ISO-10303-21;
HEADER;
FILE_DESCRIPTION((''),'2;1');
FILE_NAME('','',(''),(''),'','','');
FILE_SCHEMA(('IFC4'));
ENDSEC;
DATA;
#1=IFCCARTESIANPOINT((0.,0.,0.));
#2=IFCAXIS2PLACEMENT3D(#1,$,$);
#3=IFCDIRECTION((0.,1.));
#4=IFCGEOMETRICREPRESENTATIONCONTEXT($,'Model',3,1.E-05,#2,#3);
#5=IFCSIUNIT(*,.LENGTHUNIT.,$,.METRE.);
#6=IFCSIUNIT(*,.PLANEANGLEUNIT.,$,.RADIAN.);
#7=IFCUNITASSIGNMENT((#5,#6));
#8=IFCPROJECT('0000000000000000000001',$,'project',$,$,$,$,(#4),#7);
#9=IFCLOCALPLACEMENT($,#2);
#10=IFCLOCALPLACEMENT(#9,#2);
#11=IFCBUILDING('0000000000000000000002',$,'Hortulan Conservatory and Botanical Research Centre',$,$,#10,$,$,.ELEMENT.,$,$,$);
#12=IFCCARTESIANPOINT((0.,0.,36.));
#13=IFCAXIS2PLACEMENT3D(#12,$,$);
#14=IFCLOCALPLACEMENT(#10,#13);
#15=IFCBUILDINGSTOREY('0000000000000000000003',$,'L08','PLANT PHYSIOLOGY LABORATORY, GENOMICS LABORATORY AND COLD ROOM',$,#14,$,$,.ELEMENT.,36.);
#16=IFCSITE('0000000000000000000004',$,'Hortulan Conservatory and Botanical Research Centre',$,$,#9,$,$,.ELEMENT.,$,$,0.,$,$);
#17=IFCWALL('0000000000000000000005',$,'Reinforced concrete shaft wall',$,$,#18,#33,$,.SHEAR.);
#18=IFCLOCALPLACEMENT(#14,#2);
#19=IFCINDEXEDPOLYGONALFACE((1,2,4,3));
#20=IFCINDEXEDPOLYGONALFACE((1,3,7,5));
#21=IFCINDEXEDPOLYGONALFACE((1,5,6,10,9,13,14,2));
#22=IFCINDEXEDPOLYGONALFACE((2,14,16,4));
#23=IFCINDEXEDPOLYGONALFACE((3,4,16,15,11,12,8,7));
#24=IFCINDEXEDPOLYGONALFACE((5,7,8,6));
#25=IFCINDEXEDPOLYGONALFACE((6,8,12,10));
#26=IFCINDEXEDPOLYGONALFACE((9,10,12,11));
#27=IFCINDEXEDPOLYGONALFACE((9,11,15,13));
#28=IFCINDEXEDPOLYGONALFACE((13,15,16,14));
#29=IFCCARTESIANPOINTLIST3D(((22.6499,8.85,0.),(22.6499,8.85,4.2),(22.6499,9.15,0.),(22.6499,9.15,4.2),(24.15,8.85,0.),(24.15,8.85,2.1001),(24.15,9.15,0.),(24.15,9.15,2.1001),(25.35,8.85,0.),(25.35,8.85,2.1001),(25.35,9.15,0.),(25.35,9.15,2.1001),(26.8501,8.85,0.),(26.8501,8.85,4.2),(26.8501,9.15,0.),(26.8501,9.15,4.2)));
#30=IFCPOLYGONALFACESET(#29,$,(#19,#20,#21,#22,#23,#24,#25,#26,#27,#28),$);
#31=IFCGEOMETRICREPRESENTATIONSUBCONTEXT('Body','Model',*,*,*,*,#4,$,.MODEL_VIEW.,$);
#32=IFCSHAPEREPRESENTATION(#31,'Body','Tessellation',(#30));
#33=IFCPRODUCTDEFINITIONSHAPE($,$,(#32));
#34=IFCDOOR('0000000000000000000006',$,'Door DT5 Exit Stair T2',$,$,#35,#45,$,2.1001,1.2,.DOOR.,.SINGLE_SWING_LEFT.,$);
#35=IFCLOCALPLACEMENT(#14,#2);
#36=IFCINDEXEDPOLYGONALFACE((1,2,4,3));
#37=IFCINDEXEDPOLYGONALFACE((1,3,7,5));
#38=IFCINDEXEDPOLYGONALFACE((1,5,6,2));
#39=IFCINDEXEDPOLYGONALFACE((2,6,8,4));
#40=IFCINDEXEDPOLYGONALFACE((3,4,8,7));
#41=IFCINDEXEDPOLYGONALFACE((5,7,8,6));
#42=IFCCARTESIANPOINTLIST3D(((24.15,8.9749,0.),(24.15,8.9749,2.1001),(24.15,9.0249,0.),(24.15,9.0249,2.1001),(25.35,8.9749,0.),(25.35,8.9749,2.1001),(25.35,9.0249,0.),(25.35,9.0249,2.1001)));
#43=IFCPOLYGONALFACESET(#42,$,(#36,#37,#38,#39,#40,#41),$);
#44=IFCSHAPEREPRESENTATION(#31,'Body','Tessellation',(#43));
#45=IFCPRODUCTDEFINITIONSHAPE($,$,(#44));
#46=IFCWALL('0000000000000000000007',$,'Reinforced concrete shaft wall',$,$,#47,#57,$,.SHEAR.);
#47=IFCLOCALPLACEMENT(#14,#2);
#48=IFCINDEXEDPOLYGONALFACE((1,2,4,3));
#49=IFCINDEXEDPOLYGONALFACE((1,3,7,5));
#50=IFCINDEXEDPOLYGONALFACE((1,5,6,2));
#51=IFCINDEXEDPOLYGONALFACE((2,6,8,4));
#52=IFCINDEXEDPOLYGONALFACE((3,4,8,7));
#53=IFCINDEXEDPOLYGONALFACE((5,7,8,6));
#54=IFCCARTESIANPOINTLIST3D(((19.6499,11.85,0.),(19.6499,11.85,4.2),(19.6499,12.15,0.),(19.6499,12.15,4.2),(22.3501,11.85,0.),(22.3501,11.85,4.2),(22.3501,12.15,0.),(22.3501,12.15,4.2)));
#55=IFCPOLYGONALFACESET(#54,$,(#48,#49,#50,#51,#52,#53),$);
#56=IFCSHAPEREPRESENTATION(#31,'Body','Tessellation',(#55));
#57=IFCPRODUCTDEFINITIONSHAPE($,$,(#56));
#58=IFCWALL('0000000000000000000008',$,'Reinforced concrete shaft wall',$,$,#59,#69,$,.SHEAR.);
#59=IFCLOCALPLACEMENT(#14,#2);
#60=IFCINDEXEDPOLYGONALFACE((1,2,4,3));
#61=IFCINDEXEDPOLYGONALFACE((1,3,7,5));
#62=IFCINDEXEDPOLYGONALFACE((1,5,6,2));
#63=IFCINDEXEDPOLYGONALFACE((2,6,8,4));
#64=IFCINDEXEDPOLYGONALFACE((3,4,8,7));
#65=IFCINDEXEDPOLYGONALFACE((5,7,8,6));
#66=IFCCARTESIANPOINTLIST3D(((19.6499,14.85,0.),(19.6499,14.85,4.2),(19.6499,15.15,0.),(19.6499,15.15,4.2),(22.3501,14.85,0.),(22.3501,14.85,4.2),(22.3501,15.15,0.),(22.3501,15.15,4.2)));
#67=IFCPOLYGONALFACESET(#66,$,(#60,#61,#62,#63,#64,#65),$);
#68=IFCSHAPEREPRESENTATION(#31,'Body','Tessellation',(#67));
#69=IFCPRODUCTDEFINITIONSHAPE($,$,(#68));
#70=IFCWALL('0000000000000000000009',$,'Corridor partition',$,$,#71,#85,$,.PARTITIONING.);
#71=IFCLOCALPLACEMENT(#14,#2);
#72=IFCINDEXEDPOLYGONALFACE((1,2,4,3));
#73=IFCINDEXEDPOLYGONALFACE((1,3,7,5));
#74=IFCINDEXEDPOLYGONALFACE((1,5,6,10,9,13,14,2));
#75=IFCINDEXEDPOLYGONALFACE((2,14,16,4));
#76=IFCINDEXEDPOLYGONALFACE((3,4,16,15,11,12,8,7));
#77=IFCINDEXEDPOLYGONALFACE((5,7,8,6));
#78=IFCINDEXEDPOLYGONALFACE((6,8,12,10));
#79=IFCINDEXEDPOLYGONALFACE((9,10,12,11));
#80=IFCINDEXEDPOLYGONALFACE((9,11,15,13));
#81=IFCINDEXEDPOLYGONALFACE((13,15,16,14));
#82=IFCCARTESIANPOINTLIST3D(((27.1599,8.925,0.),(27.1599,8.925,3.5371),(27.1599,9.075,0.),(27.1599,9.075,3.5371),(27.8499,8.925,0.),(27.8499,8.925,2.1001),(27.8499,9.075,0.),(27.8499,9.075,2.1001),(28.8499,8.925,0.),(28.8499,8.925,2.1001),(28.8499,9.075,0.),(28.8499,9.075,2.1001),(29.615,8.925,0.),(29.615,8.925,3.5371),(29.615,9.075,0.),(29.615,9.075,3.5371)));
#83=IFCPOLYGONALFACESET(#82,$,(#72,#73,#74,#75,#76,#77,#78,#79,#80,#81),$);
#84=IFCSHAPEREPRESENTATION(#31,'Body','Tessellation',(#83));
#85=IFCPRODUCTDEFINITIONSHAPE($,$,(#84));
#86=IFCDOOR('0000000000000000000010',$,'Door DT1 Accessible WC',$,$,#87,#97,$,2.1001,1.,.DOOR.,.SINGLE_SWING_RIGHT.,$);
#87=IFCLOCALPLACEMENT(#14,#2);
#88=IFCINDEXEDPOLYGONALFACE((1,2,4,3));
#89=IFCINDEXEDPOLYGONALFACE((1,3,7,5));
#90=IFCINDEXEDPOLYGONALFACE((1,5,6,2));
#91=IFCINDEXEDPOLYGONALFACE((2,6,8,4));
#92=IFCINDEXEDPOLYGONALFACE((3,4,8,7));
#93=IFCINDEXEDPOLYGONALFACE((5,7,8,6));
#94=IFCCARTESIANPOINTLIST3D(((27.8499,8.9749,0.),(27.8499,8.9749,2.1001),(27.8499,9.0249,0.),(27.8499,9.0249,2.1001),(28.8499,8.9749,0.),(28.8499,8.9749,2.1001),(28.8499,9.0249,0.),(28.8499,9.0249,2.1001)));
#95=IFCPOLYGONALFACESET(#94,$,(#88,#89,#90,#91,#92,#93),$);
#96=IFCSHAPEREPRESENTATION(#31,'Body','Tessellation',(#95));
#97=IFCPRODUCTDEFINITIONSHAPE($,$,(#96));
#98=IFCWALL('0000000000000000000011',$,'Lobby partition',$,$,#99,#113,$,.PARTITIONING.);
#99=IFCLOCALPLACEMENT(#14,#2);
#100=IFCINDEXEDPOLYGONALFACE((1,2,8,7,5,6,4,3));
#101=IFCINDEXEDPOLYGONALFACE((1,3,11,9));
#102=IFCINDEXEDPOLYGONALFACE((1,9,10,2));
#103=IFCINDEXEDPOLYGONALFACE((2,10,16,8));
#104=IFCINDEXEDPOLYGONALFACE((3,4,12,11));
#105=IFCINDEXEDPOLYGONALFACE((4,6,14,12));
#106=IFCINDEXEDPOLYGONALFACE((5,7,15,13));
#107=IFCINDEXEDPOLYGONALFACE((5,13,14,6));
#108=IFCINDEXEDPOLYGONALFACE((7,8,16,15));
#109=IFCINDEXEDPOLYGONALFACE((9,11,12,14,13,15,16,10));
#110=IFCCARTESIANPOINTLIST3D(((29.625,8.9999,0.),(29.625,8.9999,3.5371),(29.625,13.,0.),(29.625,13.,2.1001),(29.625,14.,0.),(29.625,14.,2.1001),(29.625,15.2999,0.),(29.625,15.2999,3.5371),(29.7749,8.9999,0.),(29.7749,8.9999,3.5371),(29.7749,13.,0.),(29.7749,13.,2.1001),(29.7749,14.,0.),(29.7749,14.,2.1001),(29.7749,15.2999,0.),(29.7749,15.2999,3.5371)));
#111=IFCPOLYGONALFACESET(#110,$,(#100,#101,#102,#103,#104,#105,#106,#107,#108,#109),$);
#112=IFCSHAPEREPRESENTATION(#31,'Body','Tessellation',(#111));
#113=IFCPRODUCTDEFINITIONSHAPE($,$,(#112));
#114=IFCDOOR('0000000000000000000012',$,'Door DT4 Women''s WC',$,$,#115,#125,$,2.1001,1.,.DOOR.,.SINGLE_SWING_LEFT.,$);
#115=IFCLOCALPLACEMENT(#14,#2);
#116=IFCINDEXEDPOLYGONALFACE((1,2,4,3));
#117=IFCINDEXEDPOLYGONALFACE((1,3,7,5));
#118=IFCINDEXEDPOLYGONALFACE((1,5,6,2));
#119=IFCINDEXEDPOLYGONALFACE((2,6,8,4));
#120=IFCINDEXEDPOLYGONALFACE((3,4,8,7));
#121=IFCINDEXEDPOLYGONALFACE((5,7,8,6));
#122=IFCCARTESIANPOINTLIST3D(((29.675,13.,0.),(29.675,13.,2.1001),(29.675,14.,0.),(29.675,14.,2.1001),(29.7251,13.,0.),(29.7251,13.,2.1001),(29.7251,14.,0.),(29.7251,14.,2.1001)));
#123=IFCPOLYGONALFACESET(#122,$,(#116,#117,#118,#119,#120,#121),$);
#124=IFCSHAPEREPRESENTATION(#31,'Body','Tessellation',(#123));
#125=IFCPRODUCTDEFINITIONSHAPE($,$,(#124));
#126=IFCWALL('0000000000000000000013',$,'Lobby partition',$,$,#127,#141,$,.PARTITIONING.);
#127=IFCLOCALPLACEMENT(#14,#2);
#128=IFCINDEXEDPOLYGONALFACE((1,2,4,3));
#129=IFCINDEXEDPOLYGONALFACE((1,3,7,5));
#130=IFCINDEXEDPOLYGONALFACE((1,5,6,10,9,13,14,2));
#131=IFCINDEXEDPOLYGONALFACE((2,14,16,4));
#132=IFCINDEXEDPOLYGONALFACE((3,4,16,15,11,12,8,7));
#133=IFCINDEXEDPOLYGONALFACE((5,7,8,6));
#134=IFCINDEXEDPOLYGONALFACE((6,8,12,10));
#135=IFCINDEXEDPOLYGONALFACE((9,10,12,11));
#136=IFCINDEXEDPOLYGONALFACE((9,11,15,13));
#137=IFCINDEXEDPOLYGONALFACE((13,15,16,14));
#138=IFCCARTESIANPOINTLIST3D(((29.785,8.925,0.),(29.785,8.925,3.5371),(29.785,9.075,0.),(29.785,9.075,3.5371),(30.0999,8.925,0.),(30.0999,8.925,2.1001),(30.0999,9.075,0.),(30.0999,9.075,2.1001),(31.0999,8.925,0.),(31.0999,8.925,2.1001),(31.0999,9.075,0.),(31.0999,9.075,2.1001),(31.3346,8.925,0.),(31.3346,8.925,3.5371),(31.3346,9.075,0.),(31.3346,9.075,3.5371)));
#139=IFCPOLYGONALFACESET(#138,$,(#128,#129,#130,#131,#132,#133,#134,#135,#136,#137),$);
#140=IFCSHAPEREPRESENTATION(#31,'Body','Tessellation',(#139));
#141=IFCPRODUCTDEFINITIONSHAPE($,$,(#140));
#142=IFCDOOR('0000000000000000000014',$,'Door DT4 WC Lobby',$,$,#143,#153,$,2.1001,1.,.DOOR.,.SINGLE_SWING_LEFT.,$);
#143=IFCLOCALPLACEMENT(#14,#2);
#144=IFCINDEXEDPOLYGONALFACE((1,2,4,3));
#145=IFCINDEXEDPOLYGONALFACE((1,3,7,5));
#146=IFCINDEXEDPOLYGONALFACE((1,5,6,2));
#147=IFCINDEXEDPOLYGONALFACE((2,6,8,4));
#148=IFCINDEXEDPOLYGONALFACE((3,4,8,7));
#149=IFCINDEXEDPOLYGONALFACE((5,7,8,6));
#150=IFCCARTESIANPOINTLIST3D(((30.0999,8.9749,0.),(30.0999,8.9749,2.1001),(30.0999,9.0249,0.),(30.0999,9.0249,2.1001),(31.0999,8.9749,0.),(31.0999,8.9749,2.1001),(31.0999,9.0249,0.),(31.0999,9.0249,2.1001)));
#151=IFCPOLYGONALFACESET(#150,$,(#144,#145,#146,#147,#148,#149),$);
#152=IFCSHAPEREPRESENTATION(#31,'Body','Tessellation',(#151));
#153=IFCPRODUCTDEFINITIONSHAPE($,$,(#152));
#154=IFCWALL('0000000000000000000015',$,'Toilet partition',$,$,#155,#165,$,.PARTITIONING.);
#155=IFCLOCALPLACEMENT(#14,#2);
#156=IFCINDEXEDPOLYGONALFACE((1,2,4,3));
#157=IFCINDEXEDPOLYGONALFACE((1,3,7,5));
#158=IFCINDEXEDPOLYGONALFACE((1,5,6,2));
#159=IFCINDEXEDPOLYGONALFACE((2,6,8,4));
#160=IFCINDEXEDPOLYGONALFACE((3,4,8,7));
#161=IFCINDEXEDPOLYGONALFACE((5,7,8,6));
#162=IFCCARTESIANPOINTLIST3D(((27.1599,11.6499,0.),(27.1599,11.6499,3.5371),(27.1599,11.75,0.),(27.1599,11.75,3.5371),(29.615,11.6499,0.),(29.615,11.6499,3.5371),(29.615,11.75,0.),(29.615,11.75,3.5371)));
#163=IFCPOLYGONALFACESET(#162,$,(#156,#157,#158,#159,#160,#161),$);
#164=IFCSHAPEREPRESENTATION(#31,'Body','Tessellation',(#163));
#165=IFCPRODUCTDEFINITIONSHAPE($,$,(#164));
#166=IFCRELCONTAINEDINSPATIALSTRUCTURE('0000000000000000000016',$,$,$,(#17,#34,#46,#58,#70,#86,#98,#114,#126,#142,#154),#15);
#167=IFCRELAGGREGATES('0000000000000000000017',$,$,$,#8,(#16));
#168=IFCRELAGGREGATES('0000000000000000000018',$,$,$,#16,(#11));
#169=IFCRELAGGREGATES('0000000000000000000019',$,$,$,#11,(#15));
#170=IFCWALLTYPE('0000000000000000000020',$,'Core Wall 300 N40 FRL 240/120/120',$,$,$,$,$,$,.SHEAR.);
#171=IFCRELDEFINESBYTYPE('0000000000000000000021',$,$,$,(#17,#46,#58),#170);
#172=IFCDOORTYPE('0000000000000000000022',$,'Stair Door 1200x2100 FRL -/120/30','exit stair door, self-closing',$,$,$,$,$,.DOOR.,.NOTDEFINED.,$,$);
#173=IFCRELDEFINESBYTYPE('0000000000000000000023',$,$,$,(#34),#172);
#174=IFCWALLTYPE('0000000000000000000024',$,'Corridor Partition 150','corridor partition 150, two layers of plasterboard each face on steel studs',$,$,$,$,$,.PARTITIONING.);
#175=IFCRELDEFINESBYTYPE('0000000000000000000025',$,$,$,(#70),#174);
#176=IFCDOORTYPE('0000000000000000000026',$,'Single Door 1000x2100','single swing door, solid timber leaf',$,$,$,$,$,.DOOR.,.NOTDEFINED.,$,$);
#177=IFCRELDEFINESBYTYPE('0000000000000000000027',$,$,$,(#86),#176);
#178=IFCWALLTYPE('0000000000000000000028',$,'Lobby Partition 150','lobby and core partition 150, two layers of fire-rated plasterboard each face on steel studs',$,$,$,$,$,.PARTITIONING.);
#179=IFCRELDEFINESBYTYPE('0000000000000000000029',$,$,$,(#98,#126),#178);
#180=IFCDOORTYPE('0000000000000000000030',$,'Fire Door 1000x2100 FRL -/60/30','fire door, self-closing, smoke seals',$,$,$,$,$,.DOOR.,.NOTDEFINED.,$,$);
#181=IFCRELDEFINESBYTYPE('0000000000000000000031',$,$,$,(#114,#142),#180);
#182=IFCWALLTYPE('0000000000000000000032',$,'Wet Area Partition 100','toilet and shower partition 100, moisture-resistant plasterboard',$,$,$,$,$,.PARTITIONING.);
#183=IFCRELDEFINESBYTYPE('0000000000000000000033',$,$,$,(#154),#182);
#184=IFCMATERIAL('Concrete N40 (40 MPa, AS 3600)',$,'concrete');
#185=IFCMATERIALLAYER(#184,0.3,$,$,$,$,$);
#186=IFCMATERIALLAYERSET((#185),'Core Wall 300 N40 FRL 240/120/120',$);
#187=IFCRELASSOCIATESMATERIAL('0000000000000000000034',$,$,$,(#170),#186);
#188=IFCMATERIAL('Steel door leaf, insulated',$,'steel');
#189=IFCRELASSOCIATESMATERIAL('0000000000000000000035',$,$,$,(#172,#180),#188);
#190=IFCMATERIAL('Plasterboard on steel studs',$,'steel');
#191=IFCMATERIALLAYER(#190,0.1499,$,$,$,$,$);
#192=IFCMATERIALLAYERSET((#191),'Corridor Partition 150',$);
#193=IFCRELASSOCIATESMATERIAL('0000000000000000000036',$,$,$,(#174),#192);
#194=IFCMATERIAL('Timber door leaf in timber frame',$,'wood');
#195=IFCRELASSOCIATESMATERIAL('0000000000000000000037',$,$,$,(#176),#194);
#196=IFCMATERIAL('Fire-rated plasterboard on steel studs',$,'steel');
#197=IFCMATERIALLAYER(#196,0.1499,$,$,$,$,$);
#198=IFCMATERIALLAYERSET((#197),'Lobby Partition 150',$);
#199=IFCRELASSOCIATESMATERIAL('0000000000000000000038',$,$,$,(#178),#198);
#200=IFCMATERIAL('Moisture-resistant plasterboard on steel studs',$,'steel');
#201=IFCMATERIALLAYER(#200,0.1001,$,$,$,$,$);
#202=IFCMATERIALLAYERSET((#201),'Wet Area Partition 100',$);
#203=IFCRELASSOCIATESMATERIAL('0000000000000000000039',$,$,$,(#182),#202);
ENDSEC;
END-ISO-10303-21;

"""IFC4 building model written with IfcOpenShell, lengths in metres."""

from ifc_helpers import new_model, si_unit, direction, frame, frame_2d, origin, place, context, subcontext, project, spatial, rectangle, extrude, material, layer, layer_set, type_object, element, fill, save


model = new_model("IFC4")

# Units and contexts
model_context = context("Model", 3, precision=1e-05, world=origin(), true_north=direction((0.0, 1.0)))
body_context = subcontext(model_context, "Body", "Model", "MODEL_VIEW")
ifc_project = project(units=[si_unit("LENGTHUNIT", "METRE"), si_unit("PLANEANGLEUNIT", "RADIAN")], contexts=[model_context])

# Site, building, storey
site_placement = place(None, origin())
site = spatial("IfcSite", under=ifc_project, at=site_placement, Name="Hortulan Conservatory and Botanical Research Centre", CompositionType="ELEMENT", RefElevation=0.0)
building_placement = place(site_placement, origin())
building = spatial("IfcBuilding", under=site, at=building_placement, Name="Hortulan Conservatory and Botanical Research Centre", CompositionType="ELEMENT")
storey_placement = place(building_placement, frame((0.0, 0.0, 36.0)))
storey = spatial("IfcBuildingStorey", under=building, at=storey_placement, Name="L08", Description="PLANT PHYSIOLOGY LABORATORY, GENOMICS LABORATORY AND COLD ROOM", CompositionType="ELEMENT", Elevation=36.0)

# Shared definitions
ifc_material_1 = material(Name="Concrete N40 (40 MPa, AS 3600)", Category="concrete")
ifc_layer_1 = layer(ifc_material_1, 0.3)
ifc_layer_set_1 = layer_set([ifc_layer_1], Name="Core Wall 300 N40 FRL 240/120/120")
wall_type_1 = type_object("IfcWallType", Name="Core Wall 300 N40 FRL 240/120/120", PredefinedType="SHEAR", material=ifc_layer_set_1)

# Wall, opening, door
wall_1_placement = place(storey_placement, frame((22.6499, 9.0, 0.0), z_axis=(0.0, 0.0, 1.0), x_axis=(1.0, 0.0, 0.0)))
wall_1 = element("IfcWall", 1, at=wall_1_placement, inside=storey, type_object=wall_type_1, Name="Reinforced concrete shaft wall", PredefinedType="SHEAR", context=body_context, shape_type="SweptSolid", body=[
    extrude(rectangle(XDim=4.2002, YDim=0.3, at=frame_2d((2.1001, 0.0))), origin(), (0.0, 0.0, 1.0), 4.2),
])
opening_1_placement = place(wall_1_placement, frame((1.5, 0.0, 0.0)))
opening_1 = element("IfcOpeningElement", 2, at=opening_1_placement, cuts=wall_1, PredefinedType="OPENING", context=body_context, shape_type="SweptSolid", body=[
    extrude(rectangle(XDim=1.2, YDim=2.1001, at=frame_2d((0.6001, 1.05))), frame((0.0, 0.1599, 0.0), z_axis=(0.0, -1.0, 0.0), x_axis=(1.0, 0.0, 0.0)), (0.0, 0.0, 1.0), 0.3201),
])
ifc_material_2 = material(Name="Steel door leaf, insulated", Category="steel")
door_type_1 = type_object("IfcDoorType", Name="Stair Door 1200x2100 FRL -/120/30", Description="exit stair door, self-closing", OperationType="NOTDEFINED", PredefinedType="DOOR", material=ifc_material_2)
door_1_placement = place(opening_1_placement, origin())
door_1 = element("IfcDoor", 3, at=door_1_placement, inside=storey, type_object=door_type_1, Name="Door DT5 Exit Stair T2", OperationType="SINGLE_SWING_LEFT", OverallHeight=2.1001, OverallWidth=1.2, PredefinedType="DOOR", context=body_context, shape_type="SweptSolid", body=[
    extrude(rectangle(XDim=1.2, YDim=2.1001, at=frame_2d((0.6001, 1.05))), frame((0.0, 0.0249, 0.0), z_axis=(0.0, -1.0, 0.0), x_axis=(1.0, 0.0, 0.0)), (0.0, 0.0, 1.0), 0.05),
])
fill(opening_1, door_1)

# Walls
for number, where, z_axis, x_axis, name in (
    (4, (19.6499, 12.0, 0.0), (0.0, 0.0, 1.0), (1.0, 0.0, 0.0), "Reinforced concrete shaft wall"),
    (5, (19.6499, 15.0, 0.0), (0.0, 0.0, 1.0), (1.0, 0.0, 0.0), "Reinforced concrete shaft wall"),
):
    element("IfcWall", number, at=place(storey_placement, frame(where, z_axis=z_axis, x_axis=x_axis)), inside=storey, type_object=wall_type_1, Name=name, PredefinedType="SHEAR", context=body_context, shape_type="SweptSolid", body=[
        extrude(rectangle(XDim=2.7002, YDim=0.3, at=frame_2d((1.3501, 0.0))), origin(), (0.0, 0.0, 1.0), 4.2),
    ])

# Walls, openings, doors
ifc_material_3 = material(Name="Plasterboard on steel studs", Category="steel")
ifc_layer_2 = layer(ifc_material_3, 0.1499)
ifc_layer_set_2 = layer_set([ifc_layer_2], Name="Corridor Partition 150")
wall_type_2 = type_object("IfcWallType", Name="Corridor Partition 150", Description="corridor partition 150, two layers of plasterboard each face on steel studs", PredefinedType="PARTITIONING", material=ifc_layer_set_2)
wall_2_placement = place(storey_placement, frame((27.1599, 9.0, 0.0), z_axis=(0.0, 0.0, 1.0), x_axis=(1.0, 0.0, 0.0)))
wall_2 = element("IfcWall", 6, at=wall_2_placement, inside=storey, type_object=wall_type_2, Name="Corridor partition", PredefinedType="PARTITIONING", context=body_context, shape_type="SweptSolid", body=[
    extrude(rectangle(XDim=2.4551, YDim=0.1499, at=frame_2d((1.2275, 0.0))), origin(), (0.0, 0.0, 1.0), 3.5371),
])
opening_2_placement = place(wall_2_placement, frame((0.6899, 0.0, 0.0)))
opening_2 = element("IfcOpeningElement", 7, at=opening_2_placement, cuts=wall_2, PredefinedType="OPENING", context=body_context, shape_type="SweptSolid", body=[
    extrude(rectangle(XDim=1.0, YDim=2.1001, at=frame_2d((0.5, 1.05))), frame((0.0, 0.085, 0.0), z_axis=(0.0, -1.0, 0.0), x_axis=(1.0, 0.0, 0.0)), (0.0, 0.0, 1.0), 0.1699),
])
ifc_material_4 = material(Name="Timber door leaf in timber frame", Category="wood")
door_type_2 = type_object("IfcDoorType", Name="Single Door 1000x2100", Description="single swing door, solid timber leaf", OperationType="NOTDEFINED", PredefinedType="DOOR", material=ifc_material_4)
door_2_placement = place(opening_2_placement, origin())
door_2 = element("IfcDoor", 8, at=door_2_placement, inside=storey, type_object=door_type_2, Name="Door DT1 Accessible WC", OperationType="SINGLE_SWING_RIGHT", OverallHeight=2.1001, OverallWidth=1.0, PredefinedType="DOOR", context=body_context, shape_type="SweptSolid", body=[
    extrude(rectangle(XDim=1.0, YDim=2.1001, at=frame_2d((0.5, 1.05))), frame((0.0, 0.0249, 0.0), z_axis=(0.0, -1.0, 0.0), x_axis=(1.0, 0.0, 0.0)), (0.0, 0.0, 1.0), 0.05),
])
fill(opening_2, door_2)
ifc_material_5 = material(Name="Fire-rated plasterboard on steel studs", Category="steel")
ifc_layer_3 = layer(ifc_material_5, 0.1499)
ifc_layer_set_3 = layer_set([ifc_layer_3], Name="Lobby Partition 150")
wall_type_3 = type_object("IfcWallType", Name="Lobby Partition 150", Description="lobby and core partition 150, two layers of fire-rated plasterboard each face on steel studs", PredefinedType="PARTITIONING", material=ifc_layer_set_3)
wall_3_placement = place(storey_placement, frame((29.7, 9.0, 0.0), z_axis=(0.0, 0.0, 1.0), x_axis=(0.0, 1.0, 0.0)))
wall_3 = element("IfcWall", 9, at=wall_3_placement, inside=storey, type_object=wall_type_3, Name="Lobby partition", PredefinedType="PARTITIONING", context=body_context, shape_type="SweptSolid", body=[
    extrude(rectangle(XDim=6.3, YDim=0.1499, at=frame_2d((3.1499, 0.0))), origin(), (0.0, 0.0, 1.0), 3.5371),
])
opening_3_placement = place(wall_3_placement, frame((4.0, 0.0, 0.0)))
opening_3 = element("IfcOpeningElement", 10, at=opening_3_placement, cuts=wall_3, PredefinedType="OPENING", context=body_context, shape_type="SweptSolid", body=[
    extrude(rectangle(XDim=1.0, YDim=2.1001, at=frame_2d((0.5, 1.05))), frame((0.0, 0.085, 0.0), z_axis=(0.0, -1.0, 0.0), x_axis=(1.0, 0.0, 0.0)), (0.0, 0.0, 1.0), 0.1699),
])
door_type_3 = type_object("IfcDoorType", Name="Fire Door 1000x2100 FRL -/60/30", Description="fire door, self-closing, smoke seals", OperationType="NOTDEFINED", PredefinedType="DOOR", material=ifc_material_2)
door_3_placement = place(opening_3_placement, origin())
door_3 = element("IfcDoor", 11, at=door_3_placement, inside=storey, type_object=door_type_3, Name="Door DT4 Women's WC", OperationType="SINGLE_SWING_LEFT", OverallHeight=2.1001, OverallWidth=1.0, PredefinedType="DOOR", context=body_context, shape_type="SweptSolid", body=[
    extrude(rectangle(XDim=1.0, YDim=2.1001, at=frame_2d((0.5, 1.05))), frame((0.0, 0.0249, 0.0), z_axis=(0.0, -1.0, 0.0), x_axis=(1.0, 0.0, 0.0)), (0.0, 0.0, 1.0), 0.05),
])
fill(opening_3, door_3)
wall_4_placement = place(storey_placement, frame((29.7849, 9.0, 0.0), z_axis=(0.0, 0.0, 1.0), x_axis=(1.0, 0.0, 0.0)))
wall_4 = element("IfcWall", 12, at=wall_4_placement, inside=storey, type_object=wall_type_3, Name="Lobby partition", PredefinedType="PARTITIONING", context=body_context, shape_type="SweptSolid", body=[
    extrude(rectangle(XDim=1.5496, YDim=0.1499, at=frame_2d((0.7749, 0.0))), origin(), (0.0, 0.0, 1.0), 3.5371),
])
opening_4_placement = place(wall_4_placement, frame((0.3149, 0.0, 0.0)))
opening_4 = element("IfcOpeningElement", 13, at=opening_4_placement, cuts=wall_4, PredefinedType="OPENING", context=body_context, shape_type="SweptSolid", body=[
    extrude(rectangle(XDim=1.0, YDim=2.1001, at=frame_2d((0.5, 1.05))), frame((0.0, 0.085, 0.0), z_axis=(0.0, -1.0, 0.0), x_axis=(1.0, 0.0, 0.0)), (0.0, 0.0, 1.0), 0.1699),
])
door_4_placement = place(opening_4_placement, origin())
door_4 = element("IfcDoor", 14, at=door_4_placement, inside=storey, type_object=door_type_3, Name="Door DT4 WC Lobby", OperationType="SINGLE_SWING_LEFT", OverallHeight=2.1001, OverallWidth=1.0, PredefinedType="DOOR", context=body_context, shape_type="SweptSolid", body=[
    extrude(rectangle(XDim=1.0, YDim=2.1001, at=frame_2d((0.5, 1.05))), frame((0.0, 0.0249, 0.0), z_axis=(0.0, -1.0, 0.0), x_axis=(1.0, 0.0, 0.0)), (0.0, 0.0, 1.0), 0.05),
])
fill(opening_4, door_4)

# Wall
ifc_material_6 = material(Name="Moisture-resistant plasterboard on steel studs", Category="steel")
ifc_layer_4 = layer(ifc_material_6, 0.1001)
ifc_layer_set_4 = layer_set([ifc_layer_4], Name="Wet Area Partition 100")
wall_type_4 = type_object("IfcWallType", Name="Wet Area Partition 100", Description="toilet and shower partition 100, moisture-resistant plasterboard", PredefinedType="PARTITIONING", material=ifc_layer_set_4)
for number, where, z_axis, x_axis, name in (
    (15, (27.1599, 11.7, 0.0), (0.0, 0.0, 1.0), (1.0, 0.0, 0.0), "Toilet partition"),
):
    element("IfcWall", number, at=place(storey_placement, frame(where, z_axis=z_axis, x_axis=x_axis)), inside=storey, type_object=wall_type_4, Name=name, PredefinedType="PARTITIONING", context=body_context, shape_type="SweptSolid", body=[
        extrude(rectangle(XDim=2.4551, YDim=0.1001, at=frame_2d((1.2275, 0.0))), origin(), (0.0, 0.0, 1.0), 3.5371),
    ])

save(model, "model.ifc")
